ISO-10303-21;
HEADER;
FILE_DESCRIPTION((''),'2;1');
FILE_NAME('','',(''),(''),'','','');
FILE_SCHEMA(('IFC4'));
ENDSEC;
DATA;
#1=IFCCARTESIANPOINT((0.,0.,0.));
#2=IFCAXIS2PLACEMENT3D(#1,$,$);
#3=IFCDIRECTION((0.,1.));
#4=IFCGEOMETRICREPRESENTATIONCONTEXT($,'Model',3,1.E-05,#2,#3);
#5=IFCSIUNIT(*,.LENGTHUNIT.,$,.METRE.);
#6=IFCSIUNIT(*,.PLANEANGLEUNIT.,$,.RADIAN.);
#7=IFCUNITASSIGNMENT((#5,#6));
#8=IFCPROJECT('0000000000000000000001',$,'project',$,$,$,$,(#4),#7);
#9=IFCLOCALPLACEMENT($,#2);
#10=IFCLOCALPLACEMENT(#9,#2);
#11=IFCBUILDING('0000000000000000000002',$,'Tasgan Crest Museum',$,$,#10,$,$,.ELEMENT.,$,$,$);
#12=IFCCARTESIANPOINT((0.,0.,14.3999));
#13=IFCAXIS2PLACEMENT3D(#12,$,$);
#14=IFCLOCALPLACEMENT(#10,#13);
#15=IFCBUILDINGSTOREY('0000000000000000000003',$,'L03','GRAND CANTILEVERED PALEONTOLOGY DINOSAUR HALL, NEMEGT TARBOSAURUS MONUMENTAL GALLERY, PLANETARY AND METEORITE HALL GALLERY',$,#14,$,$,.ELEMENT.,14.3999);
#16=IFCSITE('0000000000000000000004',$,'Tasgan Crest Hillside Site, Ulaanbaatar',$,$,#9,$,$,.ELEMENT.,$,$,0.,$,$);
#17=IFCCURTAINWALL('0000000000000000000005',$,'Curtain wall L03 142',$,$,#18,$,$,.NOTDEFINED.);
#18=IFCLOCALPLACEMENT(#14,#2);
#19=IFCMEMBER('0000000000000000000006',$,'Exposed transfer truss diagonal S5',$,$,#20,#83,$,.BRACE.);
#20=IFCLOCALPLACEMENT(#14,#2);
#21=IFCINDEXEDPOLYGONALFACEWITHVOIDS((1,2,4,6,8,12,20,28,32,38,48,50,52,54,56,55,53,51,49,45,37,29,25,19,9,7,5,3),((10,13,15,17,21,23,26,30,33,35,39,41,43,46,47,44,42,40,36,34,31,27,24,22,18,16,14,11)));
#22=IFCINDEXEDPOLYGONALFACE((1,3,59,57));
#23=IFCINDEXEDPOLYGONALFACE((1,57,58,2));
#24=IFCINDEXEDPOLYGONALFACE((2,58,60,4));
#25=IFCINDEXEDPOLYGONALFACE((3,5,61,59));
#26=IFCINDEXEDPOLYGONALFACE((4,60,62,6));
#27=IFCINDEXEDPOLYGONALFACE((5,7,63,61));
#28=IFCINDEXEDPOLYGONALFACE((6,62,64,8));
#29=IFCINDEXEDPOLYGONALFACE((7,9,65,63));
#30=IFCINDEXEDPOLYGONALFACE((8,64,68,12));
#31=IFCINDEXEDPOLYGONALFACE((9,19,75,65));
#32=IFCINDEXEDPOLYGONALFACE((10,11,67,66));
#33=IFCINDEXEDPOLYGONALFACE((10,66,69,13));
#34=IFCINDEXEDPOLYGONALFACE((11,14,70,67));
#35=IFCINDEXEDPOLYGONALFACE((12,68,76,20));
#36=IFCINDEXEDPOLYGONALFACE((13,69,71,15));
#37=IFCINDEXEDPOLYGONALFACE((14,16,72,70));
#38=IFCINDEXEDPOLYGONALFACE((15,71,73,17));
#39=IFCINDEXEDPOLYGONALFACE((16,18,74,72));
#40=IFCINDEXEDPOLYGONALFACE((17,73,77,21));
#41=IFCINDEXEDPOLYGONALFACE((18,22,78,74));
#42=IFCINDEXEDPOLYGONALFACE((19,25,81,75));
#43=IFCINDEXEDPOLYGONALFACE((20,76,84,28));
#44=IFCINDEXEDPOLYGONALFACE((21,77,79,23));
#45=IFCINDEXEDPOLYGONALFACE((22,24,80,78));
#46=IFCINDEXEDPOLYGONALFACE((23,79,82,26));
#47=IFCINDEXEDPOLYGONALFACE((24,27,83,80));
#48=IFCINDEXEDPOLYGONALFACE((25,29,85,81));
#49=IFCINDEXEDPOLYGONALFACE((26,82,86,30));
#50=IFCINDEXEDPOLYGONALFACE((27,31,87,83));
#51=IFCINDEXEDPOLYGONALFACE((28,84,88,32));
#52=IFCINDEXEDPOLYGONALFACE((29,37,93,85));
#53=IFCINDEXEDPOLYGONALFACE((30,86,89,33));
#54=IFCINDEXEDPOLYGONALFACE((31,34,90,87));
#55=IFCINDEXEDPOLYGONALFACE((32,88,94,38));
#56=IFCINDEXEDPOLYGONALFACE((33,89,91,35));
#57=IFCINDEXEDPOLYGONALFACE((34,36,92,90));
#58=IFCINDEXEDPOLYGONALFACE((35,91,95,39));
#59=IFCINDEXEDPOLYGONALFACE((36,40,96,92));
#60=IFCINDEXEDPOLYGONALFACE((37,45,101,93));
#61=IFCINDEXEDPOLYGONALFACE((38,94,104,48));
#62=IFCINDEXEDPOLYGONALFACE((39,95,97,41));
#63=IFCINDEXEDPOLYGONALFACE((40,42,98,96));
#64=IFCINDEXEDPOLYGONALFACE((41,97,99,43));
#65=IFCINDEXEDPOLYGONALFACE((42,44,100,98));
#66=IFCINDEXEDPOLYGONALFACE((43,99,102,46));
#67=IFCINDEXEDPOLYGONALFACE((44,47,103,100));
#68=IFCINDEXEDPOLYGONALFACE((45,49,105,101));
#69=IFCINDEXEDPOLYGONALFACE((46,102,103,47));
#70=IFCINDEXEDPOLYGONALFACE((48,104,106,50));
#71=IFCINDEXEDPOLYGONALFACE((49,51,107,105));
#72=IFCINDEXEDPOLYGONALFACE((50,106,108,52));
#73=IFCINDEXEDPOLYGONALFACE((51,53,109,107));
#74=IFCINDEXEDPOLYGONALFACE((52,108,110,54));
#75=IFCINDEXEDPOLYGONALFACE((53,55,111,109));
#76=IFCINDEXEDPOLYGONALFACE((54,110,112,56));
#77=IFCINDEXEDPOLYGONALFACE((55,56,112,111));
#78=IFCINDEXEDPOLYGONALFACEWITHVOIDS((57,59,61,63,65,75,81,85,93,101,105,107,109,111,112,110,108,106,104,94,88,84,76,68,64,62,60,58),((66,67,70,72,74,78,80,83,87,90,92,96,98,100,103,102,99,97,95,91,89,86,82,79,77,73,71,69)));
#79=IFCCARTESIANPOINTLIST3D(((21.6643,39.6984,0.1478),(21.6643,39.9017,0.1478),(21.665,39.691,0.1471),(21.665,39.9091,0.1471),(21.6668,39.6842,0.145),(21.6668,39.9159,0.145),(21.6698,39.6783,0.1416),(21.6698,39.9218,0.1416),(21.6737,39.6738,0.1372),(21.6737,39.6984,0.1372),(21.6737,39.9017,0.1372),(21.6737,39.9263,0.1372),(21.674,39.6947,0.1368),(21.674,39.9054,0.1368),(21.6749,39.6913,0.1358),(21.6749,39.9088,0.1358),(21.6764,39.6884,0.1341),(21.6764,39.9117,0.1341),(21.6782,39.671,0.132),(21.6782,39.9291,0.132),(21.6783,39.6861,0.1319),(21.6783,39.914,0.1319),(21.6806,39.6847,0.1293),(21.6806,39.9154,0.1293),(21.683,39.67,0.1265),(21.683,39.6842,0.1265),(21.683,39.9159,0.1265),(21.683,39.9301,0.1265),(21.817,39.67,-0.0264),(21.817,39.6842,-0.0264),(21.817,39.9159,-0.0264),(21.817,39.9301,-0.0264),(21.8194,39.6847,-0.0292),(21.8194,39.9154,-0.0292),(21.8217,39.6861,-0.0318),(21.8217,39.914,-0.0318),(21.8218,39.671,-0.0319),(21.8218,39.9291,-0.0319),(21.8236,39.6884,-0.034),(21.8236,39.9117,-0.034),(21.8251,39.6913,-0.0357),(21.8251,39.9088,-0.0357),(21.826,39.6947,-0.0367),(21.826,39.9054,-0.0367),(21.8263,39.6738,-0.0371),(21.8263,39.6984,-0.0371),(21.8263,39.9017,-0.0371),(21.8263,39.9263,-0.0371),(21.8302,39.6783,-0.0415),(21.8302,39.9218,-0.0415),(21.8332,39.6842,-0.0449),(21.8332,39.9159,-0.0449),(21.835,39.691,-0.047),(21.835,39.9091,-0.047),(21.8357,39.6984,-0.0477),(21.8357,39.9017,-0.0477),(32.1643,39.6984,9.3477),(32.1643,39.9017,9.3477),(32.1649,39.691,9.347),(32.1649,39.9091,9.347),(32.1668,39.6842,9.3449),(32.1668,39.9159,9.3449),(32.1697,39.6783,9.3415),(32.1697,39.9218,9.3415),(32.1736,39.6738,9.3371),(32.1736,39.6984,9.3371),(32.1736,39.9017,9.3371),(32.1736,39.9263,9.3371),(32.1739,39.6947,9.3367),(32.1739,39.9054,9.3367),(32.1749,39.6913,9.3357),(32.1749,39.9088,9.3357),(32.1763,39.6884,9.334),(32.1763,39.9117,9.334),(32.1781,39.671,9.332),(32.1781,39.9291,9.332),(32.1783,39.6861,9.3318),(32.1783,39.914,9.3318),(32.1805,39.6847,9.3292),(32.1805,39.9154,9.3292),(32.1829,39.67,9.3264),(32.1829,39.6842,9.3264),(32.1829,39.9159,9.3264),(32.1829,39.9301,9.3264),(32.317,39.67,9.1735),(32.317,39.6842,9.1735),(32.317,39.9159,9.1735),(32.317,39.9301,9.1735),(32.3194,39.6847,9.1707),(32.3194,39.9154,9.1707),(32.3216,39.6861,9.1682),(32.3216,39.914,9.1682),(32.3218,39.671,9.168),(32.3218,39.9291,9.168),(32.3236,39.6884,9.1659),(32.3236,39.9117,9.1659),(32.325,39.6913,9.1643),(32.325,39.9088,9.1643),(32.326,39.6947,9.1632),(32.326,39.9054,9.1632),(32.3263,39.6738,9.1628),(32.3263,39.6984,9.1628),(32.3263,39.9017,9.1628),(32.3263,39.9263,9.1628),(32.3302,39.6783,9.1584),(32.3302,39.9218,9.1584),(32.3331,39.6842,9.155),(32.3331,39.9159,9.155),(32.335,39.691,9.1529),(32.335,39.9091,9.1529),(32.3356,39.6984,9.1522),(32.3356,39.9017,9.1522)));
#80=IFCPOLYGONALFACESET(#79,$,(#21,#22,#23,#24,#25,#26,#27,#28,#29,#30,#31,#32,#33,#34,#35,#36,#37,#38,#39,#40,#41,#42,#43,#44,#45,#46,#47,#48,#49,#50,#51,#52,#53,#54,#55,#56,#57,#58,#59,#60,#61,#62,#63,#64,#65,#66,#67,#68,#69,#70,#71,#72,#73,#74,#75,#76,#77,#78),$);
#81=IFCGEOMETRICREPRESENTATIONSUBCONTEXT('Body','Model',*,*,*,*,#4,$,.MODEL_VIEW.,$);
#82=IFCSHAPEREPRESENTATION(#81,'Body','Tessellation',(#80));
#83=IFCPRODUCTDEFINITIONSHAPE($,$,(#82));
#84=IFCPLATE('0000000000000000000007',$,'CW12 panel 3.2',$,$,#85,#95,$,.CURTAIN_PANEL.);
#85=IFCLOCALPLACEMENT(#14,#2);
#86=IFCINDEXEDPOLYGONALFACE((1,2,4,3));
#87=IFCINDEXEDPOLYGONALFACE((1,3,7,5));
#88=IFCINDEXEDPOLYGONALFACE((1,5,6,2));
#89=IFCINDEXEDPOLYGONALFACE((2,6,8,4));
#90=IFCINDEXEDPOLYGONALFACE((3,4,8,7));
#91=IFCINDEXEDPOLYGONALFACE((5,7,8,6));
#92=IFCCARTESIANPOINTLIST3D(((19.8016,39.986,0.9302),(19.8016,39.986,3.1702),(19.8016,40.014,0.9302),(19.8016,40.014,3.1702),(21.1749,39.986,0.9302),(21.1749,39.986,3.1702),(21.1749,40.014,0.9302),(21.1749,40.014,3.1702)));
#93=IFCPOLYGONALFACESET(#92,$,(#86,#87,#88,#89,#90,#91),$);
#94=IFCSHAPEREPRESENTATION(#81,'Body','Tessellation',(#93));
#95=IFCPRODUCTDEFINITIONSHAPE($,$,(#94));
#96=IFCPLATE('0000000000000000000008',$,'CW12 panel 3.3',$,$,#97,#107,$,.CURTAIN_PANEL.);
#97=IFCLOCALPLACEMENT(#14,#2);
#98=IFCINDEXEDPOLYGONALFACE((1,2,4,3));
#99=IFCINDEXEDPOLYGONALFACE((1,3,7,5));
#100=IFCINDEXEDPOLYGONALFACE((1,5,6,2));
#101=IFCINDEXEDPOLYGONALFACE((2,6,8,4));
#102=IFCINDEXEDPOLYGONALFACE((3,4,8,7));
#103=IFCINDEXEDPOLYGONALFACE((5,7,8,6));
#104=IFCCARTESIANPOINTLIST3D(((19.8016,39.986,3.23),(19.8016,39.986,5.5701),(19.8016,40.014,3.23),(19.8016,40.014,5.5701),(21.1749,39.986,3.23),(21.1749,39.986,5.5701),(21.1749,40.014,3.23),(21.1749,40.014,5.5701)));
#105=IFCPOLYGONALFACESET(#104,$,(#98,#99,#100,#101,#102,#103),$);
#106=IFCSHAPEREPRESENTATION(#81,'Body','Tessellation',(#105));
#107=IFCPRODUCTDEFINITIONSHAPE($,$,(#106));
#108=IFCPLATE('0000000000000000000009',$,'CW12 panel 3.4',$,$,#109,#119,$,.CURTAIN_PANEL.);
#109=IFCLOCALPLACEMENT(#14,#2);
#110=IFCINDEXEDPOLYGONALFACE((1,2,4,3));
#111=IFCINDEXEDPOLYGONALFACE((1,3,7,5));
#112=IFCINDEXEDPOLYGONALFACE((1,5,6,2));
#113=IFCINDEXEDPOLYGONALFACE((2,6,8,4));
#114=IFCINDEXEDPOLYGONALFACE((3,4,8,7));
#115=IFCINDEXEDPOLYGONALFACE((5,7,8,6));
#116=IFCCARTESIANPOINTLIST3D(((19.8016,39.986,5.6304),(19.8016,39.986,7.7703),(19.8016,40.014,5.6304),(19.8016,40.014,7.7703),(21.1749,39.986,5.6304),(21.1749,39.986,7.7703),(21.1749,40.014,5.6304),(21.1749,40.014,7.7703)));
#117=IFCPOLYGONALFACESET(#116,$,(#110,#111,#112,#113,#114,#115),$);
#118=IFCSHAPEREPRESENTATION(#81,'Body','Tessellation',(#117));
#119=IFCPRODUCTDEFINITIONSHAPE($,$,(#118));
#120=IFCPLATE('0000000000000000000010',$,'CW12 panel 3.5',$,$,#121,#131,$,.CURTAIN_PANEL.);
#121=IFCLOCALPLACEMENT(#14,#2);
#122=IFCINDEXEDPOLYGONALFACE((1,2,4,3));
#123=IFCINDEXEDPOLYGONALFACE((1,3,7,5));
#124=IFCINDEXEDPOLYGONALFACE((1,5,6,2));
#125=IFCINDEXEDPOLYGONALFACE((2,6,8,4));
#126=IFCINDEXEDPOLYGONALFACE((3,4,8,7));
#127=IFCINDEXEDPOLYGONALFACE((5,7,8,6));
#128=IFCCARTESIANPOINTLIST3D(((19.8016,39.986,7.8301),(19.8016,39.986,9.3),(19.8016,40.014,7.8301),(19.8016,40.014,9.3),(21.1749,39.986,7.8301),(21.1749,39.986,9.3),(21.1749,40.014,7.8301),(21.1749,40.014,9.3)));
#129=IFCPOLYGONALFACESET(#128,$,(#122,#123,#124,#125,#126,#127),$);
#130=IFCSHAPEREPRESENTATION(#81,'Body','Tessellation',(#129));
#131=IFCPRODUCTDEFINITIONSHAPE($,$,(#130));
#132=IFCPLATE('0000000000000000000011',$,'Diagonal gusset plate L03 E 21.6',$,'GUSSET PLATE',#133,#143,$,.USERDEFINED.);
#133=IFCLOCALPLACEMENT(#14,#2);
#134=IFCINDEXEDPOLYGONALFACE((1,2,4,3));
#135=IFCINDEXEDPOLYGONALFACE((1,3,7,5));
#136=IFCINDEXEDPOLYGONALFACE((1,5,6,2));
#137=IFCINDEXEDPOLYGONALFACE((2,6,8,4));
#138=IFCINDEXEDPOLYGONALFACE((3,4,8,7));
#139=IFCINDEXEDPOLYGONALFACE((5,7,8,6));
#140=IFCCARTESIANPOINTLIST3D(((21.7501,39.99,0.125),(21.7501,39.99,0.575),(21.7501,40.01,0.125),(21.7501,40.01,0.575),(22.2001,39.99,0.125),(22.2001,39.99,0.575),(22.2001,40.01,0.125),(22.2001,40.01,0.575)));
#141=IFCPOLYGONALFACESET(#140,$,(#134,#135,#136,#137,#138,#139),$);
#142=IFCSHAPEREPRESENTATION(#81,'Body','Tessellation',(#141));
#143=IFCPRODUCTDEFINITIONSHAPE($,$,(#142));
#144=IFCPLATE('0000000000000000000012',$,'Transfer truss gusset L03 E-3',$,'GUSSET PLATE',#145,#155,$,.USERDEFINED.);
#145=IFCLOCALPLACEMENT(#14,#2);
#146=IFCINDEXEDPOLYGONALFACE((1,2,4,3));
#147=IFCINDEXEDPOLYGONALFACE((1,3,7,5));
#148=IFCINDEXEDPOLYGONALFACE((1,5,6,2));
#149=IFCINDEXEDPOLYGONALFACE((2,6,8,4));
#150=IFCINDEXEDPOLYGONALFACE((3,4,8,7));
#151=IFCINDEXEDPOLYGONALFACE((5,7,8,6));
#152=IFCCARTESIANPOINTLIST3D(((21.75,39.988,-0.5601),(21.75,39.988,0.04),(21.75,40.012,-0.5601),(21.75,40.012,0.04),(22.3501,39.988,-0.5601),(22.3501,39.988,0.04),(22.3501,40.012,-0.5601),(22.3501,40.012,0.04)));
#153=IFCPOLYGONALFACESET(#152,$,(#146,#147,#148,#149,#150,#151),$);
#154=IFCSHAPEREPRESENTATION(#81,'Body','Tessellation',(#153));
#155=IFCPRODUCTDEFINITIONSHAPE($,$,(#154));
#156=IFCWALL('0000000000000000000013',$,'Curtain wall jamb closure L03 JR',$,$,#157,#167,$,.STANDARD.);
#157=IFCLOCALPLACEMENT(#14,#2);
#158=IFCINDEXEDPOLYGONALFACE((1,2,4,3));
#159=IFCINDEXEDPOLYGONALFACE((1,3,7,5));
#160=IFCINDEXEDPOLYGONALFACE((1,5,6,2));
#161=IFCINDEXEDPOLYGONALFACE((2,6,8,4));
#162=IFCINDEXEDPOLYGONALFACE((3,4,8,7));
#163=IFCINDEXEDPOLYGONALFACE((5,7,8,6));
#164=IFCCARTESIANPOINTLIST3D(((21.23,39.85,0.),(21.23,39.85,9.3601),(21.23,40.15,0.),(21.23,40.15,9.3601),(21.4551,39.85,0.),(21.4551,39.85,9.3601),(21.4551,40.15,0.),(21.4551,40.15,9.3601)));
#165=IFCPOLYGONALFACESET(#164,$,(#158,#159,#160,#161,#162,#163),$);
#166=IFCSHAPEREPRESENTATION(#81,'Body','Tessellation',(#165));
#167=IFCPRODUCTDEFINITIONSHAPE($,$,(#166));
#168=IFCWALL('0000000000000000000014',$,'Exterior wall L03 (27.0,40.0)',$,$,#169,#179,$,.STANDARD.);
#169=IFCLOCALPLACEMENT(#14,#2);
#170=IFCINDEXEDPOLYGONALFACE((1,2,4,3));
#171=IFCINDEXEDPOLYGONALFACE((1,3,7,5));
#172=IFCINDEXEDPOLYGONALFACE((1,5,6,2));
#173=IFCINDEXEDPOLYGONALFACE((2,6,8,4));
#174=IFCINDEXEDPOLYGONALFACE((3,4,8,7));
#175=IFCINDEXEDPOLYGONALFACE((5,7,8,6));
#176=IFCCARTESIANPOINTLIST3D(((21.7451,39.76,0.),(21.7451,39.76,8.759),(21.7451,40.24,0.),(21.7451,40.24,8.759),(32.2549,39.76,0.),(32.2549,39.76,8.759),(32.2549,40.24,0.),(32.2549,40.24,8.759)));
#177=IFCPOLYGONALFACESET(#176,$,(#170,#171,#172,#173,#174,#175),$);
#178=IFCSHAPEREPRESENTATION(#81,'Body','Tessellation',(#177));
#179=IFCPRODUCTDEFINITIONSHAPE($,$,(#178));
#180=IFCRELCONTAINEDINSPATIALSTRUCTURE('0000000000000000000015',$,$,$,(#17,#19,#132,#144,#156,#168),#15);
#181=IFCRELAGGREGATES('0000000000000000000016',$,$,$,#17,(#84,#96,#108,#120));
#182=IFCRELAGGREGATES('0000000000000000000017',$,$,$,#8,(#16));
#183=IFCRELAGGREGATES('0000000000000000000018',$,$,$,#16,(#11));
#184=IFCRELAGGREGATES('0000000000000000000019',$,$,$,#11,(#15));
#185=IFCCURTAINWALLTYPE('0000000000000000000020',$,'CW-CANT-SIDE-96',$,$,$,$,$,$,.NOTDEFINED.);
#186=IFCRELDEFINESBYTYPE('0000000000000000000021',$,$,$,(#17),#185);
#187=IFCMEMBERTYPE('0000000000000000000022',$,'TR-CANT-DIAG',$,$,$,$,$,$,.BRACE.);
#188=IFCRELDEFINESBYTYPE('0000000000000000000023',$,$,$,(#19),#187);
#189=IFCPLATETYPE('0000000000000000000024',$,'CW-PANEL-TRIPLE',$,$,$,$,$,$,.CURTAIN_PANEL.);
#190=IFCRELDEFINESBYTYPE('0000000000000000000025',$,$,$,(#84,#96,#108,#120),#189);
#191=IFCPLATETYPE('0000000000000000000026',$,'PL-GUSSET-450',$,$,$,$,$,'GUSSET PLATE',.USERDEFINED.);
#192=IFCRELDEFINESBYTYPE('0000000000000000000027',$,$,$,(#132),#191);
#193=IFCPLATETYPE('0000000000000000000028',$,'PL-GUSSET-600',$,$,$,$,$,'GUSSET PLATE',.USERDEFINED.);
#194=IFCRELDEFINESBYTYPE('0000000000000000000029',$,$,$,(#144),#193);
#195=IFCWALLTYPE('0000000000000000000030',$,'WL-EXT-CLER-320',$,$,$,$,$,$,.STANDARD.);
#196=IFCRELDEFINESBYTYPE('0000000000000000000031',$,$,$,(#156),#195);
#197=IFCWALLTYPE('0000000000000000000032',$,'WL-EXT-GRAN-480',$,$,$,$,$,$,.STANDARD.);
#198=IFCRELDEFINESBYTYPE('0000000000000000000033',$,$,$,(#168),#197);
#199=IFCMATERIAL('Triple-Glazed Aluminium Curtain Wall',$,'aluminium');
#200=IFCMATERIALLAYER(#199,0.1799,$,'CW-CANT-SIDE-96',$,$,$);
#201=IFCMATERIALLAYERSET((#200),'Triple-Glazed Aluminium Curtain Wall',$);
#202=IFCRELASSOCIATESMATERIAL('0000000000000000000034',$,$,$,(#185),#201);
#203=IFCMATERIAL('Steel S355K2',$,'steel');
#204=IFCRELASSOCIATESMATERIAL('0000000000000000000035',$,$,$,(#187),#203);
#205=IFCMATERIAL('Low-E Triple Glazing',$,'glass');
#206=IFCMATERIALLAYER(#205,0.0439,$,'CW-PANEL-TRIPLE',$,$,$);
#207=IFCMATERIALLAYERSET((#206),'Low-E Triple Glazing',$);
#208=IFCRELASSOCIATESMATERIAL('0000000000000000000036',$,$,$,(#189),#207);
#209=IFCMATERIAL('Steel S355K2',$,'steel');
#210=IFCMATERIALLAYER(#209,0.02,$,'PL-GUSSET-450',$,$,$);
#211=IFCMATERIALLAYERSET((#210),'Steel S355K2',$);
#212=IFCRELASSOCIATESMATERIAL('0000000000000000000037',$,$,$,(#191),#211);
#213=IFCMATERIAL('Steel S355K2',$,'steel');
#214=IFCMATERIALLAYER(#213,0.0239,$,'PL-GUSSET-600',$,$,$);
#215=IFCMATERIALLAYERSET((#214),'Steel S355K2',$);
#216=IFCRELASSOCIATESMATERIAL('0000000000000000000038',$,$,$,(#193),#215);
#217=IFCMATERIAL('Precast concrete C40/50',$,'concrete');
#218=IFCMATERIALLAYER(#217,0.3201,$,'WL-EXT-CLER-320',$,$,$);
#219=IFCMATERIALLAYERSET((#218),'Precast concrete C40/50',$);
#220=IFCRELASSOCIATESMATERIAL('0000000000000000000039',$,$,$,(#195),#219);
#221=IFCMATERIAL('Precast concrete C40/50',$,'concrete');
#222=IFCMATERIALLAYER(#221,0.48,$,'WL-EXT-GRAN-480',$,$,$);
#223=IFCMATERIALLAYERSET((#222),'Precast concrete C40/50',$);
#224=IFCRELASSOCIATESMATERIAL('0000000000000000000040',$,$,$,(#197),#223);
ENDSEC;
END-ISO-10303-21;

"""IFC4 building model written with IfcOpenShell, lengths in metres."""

from ifc_helpers import new_model, si_unit, direction, frame, frame_2d, origin, origin_2d, place, context, subcontext, project, spatial, rectangle, hollow_rectangle, extrude, material, layer, layer_set, material_profile, profile_set, type_object, element, aggregate, save


model = new_model("IFC4")

# Units and contexts
model_context = context("Model", 3, precision=1e-05, world=origin(), true_north=direction((0.0, 1.0)))
body_context = subcontext(model_context, "Body", "Model", "MODEL_VIEW")
ifc_project = project(units=[si_unit("LENGTHUNIT", "METRE"), si_unit("PLANEANGLEUNIT", "RADIAN")], contexts=[model_context])

# Site, building, storey
site_placement = place(None, origin())
site = spatial("IfcSite", under=ifc_project, at=site_placement, Name="Tasgan Crest Hillside Site, Ulaanbaatar", CompositionType="ELEMENT", RefElevation=0.0)
building_placement = place(site_placement, origin())
building = spatial("IfcBuilding", under=site, at=building_placement, Name="Tasgan Crest Museum", CompositionType="ELEMENT")
storey_placement = place(building_placement, frame((0.0, 0.0, 14.3999)))
storey = spatial("IfcBuildingStorey", under=building, at=storey_placement, Name="L03", Description="GRAND CANTILEVERED PALEONTOLOGY DINOSAUR HALL, NEMEGT TARBOSAURUS MONUMENTAL GALLERY, PLANETARY AND METEORITE HALL GALLERY", CompositionType="ELEMENT", Elevation=14.3999)

# Curtain wall
ifc_material_1 = material(Name="Triple-Glazed Aluminium Curtain Wall", Category="aluminium")
ifc_layer_1 = layer(ifc_material_1, 0.1799, Name="CW-CANT-SIDE-96")
ifc_layer_set_1 = layer_set([ifc_layer_1], Name="Triple-Glazed Aluminium Curtain Wall")
curtain_wall_type = type_object("IfcCurtainWallType", Name="CW-CANT-SIDE-96", PredefinedType="NOTDEFINED", material=ifc_layer_set_1)
curtain_wall_placement = place(storey_placement, origin())
curtain_wall = element("IfcCurtainWall", 1, at=curtain_wall_placement, inside=storey, type_object=curtain_wall_type, Name="Curtain wall L03 142", PredefinedType="NOTDEFINED")

# Member
ifc_material_2 = material(Name="Steel S355K2", Category="steel")
ifc_material_profile_1 = material_profile(ifc_material_2, hollow_rectangle(XDim=0.26, YDim=0.26, WallThickness=0.0142, InnerFilletRadius=0.0142, OuterFilletRadius=0.0283, at=origin_2d()), Name="SHS 260x260x14.2")
ifc_profile_set_1 = profile_set([ifc_material_profile_1], Name="Steel S355K2")
member_type_1 = type_object("IfcMemberType", Name="TR-CANT-DIAG", PredefinedType="BRACE", material=ifc_profile_set_1)
member_1_placement = place(storey_placement, frame((21.75, 39.8, 0.05), z_axis=(0.752135, 0.0, 0.65901), x_axis=(0.0, 1.0, 0.0)))
element("IfcMember", 2, at=member_1_placement, inside=storey, type_object=member_type_1, Name="Exposed transfer truss diagonal S5", PredefinedType="BRACE", context=body_context, shape_type="SweptSolid", body=[
    extrude(hollow_rectangle(XDim=0.26, YDim=0.26, WallThickness=0.0142, InnerFilletRadius=0.0142, OuterFilletRadius=0.0283, at=origin_2d()), origin(), (0.0, 0.0, 1.0), 13.9602),
])

# Plates
ifc_material_3 = material(Name="Low-E Triple Glazing", Category="glass")
ifc_layer_2 = layer(ifc_material_3, 0.0439, Name="CW-PANEL-TRIPLE")
ifc_layer_set_2 = layer_set([ifc_layer_2], Name="Low-E Triple Glazing")
plate_type_1 = type_object("IfcPlateType", Name="CW-PANEL-TRIPLE", PredefinedType="CURTAIN_PANEL", material=ifc_layer_set_2)
plate_1_placement = place(storey_placement, frame((20.4883, 40.0, 0.9302), z_axis=(0.0, 0.0, 1.0), x_axis=(1.0, 0.0, 0.0)))
plate_1 = element("IfcPlate", 3, at=plate_1_placement, type_object=plate_type_1, Name="CW12 panel 3.2", PredefinedType="CURTAIN_PANEL", context=body_context, shape_type="SweptSolid", body=[
    extrude(rectangle(XDim=1.3733, YDim=0.0281, at=origin_2d()), origin(), (0.0, 0.0, 1.0), 2.24),
])
plate_2_placement = place(storey_placement, frame((20.4883, 40.0, 3.23), z_axis=(0.0, 0.0, 1.0), x_axis=(1.0, 0.0, 0.0)))
plate_2 = element("IfcPlate", 4, at=plate_2_placement, type_object=plate_type_1, Name="CW12 panel 3.3", PredefinedType="CURTAIN_PANEL", context=body_context, shape_type="SweptSolid", body=[
    extrude(rectangle(XDim=1.3733, YDim=0.0281, at=origin_2d()), origin(), (0.0, 0.0, 1.0), 2.3401),
])
plate_3_placement = place(storey_placement, frame((20.4883, 40.0, 5.6304), z_axis=(0.0, 0.0, 1.0), x_axis=(1.0, 0.0, 0.0)))
plate_3 = element("IfcPlate", 5, at=plate_3_placement, type_object=plate_type_1, Name="CW12 panel 3.4", PredefinedType="CURTAIN_PANEL", context=body_context, shape_type="SweptSolid", body=[
    extrude(rectangle(XDim=1.3733, YDim=0.0281, at=origin_2d()), origin(), (0.0, 0.0, 1.0), 2.1399),
])
plate_4_placement = place(storey_placement, frame((20.4883, 40.0, 7.8301), z_axis=(0.0, 0.0, 1.0), x_axis=(1.0, 0.0, 0.0)))
plate_4 = element("IfcPlate", 6, at=plate_4_placement, type_object=plate_type_1, Name="CW12 panel 3.5", PredefinedType="CURTAIN_PANEL", context=body_context, shape_type="SweptSolid", body=[
    extrude(rectangle(XDim=1.3733, YDim=0.0281, at=origin_2d()), origin(), (0.0, 0.0, 1.0), 1.47),
])
aggregate(curtain_wall, [plate_1, plate_2, plate_3, plate_4])

# Plates
ifc_material_4 = material(Name="Steel S355K2", Category="steel")
ifc_layer_3 = layer(ifc_material_4, 0.02, Name="PL-GUSSET-450")
ifc_layer_set_3 = layer_set([ifc_layer_3], Name="Steel S355K2")
plate_type_2 = type_object("IfcPlateType", Name="PL-GUSSET-450", ElementType="GUSSET PLATE", PredefinedType="USERDEFINED", material=ifc_layer_set_3)
plate_5_placement = place(storey_placement, frame((21.9751, 40.0, 0.125), z_axis=(0.0, 0.0, 1.0), x_axis=(1.0, 0.0, 0.0)))
element("IfcPlate", 7, at=plate_5_placement, inside=storey, type_object=plate_type_2, Name="Diagonal gusset plate L03 E 21.6", ObjectType="GUSSET PLATE", PredefinedType="USERDEFINED", context=body_context, shape_type="SweptSolid", body=[
    extrude(rectangle(XDim=0.45, YDim=0.02, at=origin_2d()), origin(), (0.0, 0.0, 1.0), 0.45),
])
ifc_material_5 = material(Name="Steel S355K2", Category="steel")
ifc_layer_4 = layer(ifc_material_5, 0.0239, Name="PL-GUSSET-600")
ifc_layer_set_4 = layer_set([ifc_layer_4], Name="Steel S355K2")
plate_type_3 = type_object("IfcPlateType", Name="PL-GUSSET-600", ElementType="GUSSET PLATE", PredefinedType="USERDEFINED", material=ifc_layer_set_4)
plate_6_placement = place(storey_placement, frame((22.05, 40.0, -0.5601), z_axis=(0.0, 0.0, 1.0), x_axis=(1.0, 0.0, 0.0)))
element("IfcPlate", 8, at=plate_6_placement, inside=storey, type_object=plate_type_3, Name="Transfer truss gusset L03 E-3", ObjectType="GUSSET PLATE", PredefinedType="USERDEFINED", context=body_context, shape_type="SweptSolid", body=[
    extrude(rectangle(XDim=0.6001, YDim=0.0239, at=origin_2d()), origin(), (0.0, 0.0, 1.0), 0.6001),
])

# Walls
ifc_material_6 = material(Name="Precast concrete C40/50", Category="concrete")
ifc_layer_5 = layer(ifc_material_6, 0.3201, Name="WL-EXT-CLER-320")
ifc_layer_set_5 = layer_set([ifc_layer_5], Name="Precast concrete C40/50")
wall_type_1 = type_object("IfcWallType", Name="WL-EXT-CLER-320", PredefinedType="STANDARD", material=ifc_layer_set_5)
wall_1_placement = place(storey_placement, frame((21.23, 40.0, 0.0), z_axis=(0.0, 0.0, 1.0), x_axis=(1.0, 0.0, 0.0)))
element("IfcWall", 9, at=wall_1_placement, inside=storey, type_object=wall_type_1, Name="Curtain wall jamb closure L03 JR", PredefinedType="STANDARD", context=body_context, shape_type="SweptSolid", body=[
    extrude(rectangle(XDim=0.2251, YDim=0.3, at=frame_2d((0.1125, 0.0))), origin(), (0.0, 0.0, 1.0), 9.3601),
])
ifc_material_7 = material(Name="Precast concrete C40/50", Category="concrete")
ifc_layer_6 = layer(ifc_material_7, 0.48, Name="WL-EXT-GRAN-480")
ifc_layer_set_6 = layer_set([ifc_layer_6], Name="Precast concrete C40/50")
wall_type_2 = type_object("IfcWallType", Name="WL-EXT-GRAN-480", PredefinedType="STANDARD", material=ifc_layer_set_6)
wall_2_placement = place(storey_placement, frame((21.7451, 40.0, 0.0), z_axis=(0.0, 0.0, 1.0), x_axis=(1.0, 0.0, 0.0)))
element("IfcWall", 10, at=wall_2_placement, inside=storey, type_object=wall_type_2, Name="Exterior wall L03 (27.0,40.0)", PredefinedType="STANDARD", context=body_context, shape_type="SweptSolid", body=[
    extrude(rectangle(XDim=10.5098, YDim=0.48, at=frame_2d((5.2549, 0.0))), origin(), (0.0, 0.0, 1.0), 8.759),
])

save(model, "model.ifc")
